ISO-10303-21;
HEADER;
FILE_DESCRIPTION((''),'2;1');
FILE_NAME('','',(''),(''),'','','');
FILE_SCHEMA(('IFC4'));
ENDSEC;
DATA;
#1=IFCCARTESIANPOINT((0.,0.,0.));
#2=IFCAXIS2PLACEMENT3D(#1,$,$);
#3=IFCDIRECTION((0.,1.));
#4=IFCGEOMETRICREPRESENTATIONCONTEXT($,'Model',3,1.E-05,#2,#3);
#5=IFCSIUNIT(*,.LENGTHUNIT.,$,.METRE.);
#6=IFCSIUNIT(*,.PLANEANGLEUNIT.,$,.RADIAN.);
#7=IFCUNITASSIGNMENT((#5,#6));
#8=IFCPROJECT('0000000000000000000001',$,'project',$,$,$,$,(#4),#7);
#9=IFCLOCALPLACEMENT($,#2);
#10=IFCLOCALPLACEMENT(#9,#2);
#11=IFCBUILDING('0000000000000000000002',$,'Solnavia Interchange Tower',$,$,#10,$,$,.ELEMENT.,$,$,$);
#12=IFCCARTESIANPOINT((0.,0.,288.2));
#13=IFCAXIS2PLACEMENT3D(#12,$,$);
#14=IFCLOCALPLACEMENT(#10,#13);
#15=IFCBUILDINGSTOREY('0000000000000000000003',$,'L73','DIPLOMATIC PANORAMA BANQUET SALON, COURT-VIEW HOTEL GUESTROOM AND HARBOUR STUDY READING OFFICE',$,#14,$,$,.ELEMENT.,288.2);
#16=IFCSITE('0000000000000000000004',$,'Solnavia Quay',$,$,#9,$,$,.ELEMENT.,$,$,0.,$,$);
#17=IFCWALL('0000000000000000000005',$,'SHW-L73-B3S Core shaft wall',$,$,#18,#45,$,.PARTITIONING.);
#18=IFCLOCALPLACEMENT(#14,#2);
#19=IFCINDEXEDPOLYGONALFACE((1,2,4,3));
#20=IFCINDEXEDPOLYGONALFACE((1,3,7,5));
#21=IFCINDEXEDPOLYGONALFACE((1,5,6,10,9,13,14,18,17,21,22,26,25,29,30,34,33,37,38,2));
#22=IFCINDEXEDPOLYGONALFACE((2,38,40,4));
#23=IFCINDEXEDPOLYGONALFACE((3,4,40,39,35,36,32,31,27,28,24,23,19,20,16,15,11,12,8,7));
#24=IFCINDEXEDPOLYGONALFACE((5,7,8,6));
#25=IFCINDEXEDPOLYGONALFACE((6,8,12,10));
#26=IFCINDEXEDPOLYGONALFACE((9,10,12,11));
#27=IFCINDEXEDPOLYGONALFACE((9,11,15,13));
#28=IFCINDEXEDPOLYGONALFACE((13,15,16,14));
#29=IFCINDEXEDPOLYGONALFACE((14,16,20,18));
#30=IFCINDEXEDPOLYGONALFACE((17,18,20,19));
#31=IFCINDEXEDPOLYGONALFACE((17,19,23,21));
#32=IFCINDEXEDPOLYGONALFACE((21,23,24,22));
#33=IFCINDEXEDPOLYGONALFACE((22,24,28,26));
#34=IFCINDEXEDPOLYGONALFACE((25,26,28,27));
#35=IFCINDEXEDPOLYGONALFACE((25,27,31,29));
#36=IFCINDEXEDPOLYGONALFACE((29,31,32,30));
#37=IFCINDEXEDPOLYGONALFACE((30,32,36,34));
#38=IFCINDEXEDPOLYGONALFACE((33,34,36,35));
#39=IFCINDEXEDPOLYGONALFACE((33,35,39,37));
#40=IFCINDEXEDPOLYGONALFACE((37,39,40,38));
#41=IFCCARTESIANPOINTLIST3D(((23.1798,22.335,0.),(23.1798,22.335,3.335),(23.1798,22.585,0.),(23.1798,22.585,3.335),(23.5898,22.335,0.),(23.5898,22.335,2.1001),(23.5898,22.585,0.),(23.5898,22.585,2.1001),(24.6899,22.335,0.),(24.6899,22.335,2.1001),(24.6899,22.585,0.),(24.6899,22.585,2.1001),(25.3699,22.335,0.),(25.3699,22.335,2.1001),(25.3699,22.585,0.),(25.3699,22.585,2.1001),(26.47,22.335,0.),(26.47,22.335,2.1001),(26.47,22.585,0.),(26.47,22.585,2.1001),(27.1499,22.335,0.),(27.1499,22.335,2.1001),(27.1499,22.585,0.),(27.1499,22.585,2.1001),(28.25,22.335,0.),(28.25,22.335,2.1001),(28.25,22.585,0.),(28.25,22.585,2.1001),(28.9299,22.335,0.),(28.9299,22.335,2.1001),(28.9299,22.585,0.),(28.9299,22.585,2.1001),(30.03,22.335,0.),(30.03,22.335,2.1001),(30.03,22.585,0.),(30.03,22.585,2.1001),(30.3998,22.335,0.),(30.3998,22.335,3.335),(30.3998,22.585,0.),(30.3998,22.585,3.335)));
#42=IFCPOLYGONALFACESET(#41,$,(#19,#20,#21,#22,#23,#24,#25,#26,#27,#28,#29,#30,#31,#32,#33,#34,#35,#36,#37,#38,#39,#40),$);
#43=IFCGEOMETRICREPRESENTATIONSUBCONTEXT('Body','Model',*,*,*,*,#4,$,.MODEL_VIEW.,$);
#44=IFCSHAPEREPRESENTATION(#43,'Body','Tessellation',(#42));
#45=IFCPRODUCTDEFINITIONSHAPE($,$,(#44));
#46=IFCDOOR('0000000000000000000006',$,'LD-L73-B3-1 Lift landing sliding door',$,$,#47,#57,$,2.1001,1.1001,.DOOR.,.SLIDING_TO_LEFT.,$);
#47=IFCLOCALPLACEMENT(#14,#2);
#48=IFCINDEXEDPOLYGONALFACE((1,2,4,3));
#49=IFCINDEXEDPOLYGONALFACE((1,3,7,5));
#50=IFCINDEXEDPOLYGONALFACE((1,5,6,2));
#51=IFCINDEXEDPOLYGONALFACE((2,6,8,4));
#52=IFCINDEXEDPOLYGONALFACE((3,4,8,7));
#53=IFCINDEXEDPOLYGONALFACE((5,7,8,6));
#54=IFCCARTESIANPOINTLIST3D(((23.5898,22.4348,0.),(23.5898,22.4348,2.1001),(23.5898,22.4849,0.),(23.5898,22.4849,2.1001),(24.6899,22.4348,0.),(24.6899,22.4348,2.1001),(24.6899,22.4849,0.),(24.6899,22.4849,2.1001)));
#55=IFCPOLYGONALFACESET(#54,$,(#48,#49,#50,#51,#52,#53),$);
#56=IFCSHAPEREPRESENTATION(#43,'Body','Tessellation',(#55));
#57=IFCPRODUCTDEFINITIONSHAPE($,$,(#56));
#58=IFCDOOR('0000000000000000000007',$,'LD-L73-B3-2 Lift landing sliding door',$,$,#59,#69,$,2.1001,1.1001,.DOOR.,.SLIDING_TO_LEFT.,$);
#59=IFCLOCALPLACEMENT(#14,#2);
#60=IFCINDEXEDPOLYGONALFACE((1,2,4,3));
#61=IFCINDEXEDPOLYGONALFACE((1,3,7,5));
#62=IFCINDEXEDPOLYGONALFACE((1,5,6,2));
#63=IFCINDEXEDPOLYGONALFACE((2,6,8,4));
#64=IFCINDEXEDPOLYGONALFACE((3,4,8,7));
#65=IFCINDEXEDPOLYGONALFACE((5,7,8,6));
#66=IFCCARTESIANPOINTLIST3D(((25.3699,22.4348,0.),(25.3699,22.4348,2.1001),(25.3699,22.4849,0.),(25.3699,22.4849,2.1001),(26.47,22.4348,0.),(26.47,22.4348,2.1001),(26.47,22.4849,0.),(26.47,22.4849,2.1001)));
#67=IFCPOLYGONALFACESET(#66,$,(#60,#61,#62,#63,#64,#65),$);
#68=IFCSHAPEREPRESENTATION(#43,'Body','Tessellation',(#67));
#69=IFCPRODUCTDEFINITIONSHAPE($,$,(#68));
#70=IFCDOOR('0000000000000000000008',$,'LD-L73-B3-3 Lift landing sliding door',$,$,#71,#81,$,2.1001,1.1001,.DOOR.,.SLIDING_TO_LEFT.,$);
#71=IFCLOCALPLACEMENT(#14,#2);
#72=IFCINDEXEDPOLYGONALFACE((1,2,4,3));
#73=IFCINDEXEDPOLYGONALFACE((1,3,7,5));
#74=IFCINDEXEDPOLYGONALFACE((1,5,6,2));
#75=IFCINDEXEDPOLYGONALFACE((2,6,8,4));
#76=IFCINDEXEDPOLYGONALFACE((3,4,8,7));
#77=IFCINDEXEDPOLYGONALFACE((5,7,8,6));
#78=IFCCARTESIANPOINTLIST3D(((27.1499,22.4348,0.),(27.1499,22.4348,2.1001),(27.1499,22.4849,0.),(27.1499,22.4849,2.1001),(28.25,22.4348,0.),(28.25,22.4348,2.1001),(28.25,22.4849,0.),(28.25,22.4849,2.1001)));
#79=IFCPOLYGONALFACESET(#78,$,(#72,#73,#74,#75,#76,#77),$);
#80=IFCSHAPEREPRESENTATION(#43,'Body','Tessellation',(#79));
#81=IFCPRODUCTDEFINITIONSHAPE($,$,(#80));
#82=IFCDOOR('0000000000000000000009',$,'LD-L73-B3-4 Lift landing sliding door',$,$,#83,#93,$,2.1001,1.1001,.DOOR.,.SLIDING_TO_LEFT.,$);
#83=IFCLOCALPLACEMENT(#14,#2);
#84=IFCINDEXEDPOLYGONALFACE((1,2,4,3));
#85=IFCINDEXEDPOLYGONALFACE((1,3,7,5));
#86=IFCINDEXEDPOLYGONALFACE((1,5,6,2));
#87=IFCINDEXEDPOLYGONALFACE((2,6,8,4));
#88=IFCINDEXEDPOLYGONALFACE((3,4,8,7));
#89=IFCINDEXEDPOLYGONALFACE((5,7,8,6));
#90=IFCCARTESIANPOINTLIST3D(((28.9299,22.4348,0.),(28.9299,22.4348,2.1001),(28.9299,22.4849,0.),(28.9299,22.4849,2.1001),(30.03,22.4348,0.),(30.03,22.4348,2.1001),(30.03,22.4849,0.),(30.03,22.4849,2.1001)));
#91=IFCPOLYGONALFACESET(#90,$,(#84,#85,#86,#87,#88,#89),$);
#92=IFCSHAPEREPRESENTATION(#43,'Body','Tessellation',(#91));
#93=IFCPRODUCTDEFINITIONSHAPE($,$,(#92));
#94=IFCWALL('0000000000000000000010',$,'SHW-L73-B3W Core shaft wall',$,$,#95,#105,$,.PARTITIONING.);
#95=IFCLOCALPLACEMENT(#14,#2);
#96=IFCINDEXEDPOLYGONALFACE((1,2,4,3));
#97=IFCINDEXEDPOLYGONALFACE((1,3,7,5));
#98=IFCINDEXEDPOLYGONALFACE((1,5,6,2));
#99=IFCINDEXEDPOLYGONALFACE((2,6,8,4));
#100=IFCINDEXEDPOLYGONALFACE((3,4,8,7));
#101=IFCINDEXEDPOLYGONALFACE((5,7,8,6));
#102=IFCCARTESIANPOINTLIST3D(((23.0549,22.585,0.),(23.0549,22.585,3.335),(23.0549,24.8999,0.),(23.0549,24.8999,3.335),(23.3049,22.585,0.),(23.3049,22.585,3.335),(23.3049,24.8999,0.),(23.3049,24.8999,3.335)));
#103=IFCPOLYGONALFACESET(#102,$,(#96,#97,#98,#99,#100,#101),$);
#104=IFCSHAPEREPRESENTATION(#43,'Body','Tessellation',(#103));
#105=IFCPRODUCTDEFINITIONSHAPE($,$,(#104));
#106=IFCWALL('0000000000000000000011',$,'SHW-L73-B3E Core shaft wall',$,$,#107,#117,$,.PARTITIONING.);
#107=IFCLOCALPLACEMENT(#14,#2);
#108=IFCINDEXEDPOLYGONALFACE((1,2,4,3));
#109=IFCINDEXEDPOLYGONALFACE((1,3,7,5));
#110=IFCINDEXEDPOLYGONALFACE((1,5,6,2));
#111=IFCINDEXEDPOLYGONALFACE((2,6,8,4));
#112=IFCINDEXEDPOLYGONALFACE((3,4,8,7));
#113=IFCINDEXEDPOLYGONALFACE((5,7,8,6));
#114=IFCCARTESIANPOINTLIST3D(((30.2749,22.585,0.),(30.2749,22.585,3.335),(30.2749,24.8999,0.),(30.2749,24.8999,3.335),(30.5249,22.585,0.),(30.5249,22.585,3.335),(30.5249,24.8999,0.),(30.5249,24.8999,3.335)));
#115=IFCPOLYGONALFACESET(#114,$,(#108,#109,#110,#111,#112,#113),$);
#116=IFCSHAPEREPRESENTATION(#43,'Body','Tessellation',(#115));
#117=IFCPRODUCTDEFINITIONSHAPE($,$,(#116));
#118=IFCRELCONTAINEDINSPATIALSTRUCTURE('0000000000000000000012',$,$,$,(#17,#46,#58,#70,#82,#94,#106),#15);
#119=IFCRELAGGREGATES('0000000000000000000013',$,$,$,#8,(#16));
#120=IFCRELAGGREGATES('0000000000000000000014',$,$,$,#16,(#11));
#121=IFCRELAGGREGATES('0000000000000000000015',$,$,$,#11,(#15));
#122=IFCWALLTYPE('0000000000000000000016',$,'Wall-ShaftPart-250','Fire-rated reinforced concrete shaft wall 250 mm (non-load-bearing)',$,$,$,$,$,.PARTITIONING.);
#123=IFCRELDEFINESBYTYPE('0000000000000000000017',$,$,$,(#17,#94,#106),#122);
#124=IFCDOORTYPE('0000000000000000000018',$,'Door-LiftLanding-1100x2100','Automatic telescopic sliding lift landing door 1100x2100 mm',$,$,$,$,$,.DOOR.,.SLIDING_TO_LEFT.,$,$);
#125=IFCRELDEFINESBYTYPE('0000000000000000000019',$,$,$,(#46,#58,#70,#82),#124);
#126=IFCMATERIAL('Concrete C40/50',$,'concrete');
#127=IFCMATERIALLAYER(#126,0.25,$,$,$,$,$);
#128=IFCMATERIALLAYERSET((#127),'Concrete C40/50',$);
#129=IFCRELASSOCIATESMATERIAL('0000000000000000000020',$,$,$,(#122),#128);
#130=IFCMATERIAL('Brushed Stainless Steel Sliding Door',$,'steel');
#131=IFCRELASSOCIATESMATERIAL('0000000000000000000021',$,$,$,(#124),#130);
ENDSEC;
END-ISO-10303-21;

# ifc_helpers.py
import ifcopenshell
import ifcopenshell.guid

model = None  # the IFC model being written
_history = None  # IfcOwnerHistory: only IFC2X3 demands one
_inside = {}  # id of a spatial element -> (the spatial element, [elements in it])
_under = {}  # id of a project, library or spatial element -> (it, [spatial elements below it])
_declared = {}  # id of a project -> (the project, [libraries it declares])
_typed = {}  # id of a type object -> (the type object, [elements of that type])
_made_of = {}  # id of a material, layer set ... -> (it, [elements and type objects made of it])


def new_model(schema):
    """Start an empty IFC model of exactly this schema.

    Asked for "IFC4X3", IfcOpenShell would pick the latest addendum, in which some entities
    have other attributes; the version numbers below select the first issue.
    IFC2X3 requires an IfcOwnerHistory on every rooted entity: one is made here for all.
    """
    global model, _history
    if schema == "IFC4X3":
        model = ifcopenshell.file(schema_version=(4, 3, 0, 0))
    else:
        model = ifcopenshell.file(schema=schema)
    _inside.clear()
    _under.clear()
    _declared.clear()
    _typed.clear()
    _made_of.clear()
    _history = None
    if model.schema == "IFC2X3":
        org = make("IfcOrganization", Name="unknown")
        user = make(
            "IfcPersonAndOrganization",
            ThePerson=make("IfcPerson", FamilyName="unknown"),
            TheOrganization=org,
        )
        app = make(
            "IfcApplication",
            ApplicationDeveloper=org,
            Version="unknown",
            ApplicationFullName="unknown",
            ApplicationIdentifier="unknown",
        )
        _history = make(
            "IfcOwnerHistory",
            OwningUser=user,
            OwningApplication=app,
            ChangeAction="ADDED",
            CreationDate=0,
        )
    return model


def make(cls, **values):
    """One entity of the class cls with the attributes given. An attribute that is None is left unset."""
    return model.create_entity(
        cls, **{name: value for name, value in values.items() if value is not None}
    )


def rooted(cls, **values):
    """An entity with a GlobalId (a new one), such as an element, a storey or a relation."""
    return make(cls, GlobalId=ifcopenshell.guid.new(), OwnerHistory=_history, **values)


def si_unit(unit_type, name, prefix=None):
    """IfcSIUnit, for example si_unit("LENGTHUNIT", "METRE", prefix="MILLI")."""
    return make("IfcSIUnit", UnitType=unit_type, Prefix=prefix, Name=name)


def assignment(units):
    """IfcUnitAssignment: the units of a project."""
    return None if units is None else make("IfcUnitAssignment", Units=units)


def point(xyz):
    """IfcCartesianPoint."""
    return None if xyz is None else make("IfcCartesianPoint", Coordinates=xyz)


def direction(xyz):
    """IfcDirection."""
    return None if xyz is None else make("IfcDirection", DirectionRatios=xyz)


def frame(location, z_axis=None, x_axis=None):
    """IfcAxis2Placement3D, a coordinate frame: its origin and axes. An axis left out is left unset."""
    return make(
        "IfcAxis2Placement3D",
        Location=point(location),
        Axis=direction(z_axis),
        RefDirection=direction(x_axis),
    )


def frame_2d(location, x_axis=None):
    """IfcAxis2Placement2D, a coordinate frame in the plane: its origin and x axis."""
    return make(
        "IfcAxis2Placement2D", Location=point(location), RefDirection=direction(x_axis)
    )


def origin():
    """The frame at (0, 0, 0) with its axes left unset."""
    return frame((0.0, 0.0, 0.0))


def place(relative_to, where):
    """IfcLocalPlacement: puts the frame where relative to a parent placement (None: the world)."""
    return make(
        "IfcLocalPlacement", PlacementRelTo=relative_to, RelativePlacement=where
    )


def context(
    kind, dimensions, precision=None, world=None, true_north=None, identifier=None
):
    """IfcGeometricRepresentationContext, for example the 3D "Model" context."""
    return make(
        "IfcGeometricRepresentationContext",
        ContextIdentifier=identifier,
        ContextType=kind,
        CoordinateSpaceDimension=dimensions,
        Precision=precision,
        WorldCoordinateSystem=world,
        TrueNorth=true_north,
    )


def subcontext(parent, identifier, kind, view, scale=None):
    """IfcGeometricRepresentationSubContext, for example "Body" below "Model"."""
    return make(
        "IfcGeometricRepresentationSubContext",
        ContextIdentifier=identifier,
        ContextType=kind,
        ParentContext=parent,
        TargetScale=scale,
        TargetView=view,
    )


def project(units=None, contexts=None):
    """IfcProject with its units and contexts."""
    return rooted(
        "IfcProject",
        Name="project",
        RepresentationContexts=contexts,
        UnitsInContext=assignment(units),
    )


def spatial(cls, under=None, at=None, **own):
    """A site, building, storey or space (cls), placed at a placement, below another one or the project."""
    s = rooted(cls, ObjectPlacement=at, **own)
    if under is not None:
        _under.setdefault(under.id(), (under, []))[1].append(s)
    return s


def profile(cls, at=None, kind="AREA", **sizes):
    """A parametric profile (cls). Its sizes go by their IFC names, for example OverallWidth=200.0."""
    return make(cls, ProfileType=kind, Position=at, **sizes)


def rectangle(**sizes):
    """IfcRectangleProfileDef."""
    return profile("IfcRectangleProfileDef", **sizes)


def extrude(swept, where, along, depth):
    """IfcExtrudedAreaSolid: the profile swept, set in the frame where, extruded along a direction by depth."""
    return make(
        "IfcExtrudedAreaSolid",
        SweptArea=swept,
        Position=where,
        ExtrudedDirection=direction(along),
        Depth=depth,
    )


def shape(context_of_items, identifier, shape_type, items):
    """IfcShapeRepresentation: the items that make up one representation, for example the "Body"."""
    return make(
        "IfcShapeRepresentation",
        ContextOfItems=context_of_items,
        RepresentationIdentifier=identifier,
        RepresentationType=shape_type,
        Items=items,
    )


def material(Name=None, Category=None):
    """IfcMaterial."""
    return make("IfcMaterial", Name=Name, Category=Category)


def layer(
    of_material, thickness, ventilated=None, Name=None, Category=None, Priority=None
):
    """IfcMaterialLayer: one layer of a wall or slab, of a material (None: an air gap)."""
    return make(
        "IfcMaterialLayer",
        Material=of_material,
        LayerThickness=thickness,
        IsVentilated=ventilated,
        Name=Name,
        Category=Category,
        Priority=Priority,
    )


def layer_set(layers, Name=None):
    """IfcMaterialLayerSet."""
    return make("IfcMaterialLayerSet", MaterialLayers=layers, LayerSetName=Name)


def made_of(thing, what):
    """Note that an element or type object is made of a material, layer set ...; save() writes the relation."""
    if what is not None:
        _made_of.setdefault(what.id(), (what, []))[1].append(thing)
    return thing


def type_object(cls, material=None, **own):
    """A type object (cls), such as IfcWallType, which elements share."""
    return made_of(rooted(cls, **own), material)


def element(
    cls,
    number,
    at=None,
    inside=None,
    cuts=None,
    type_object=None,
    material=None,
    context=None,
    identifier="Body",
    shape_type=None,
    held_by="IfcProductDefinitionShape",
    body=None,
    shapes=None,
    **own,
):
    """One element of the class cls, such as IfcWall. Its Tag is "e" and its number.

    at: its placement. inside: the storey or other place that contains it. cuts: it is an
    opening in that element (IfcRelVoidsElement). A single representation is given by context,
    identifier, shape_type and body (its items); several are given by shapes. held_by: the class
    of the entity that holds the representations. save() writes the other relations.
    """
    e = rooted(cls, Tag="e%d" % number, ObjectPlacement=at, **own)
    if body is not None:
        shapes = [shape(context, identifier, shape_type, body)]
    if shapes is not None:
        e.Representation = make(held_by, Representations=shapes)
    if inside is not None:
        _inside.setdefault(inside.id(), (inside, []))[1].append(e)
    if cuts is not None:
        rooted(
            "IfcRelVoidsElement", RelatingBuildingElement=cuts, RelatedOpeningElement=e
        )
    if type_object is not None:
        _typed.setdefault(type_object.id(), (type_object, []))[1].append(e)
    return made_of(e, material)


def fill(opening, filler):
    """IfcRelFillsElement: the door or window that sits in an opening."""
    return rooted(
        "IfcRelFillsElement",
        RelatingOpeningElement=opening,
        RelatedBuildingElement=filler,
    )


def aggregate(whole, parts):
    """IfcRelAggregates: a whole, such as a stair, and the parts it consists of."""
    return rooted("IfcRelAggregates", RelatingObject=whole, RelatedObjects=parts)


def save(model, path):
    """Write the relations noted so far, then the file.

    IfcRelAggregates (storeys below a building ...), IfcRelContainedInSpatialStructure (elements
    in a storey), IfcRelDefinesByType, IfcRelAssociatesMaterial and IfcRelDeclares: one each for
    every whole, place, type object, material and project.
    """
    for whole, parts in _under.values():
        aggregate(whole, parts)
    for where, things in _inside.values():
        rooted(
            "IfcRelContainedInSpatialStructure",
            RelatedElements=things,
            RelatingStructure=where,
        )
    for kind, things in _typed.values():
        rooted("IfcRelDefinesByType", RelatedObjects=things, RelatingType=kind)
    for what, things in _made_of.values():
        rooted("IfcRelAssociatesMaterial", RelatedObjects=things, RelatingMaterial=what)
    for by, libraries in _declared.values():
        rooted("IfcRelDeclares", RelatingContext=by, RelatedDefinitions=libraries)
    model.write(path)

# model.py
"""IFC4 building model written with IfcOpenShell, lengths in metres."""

from ifc_helpers import new_model, si_unit, direction, frame, frame_2d, origin, place, context, subcontext, project, spatial, rectangle, extrude, material, layer, layer_set, type_object, element, fill, save


model = new_model("IFC4")

# Units and contexts
model_context = context("Model", 3, precision=1e-05, world=origin(), true_north=direction((0.0, 1.0)))
body_context = subcontext(model_context, "Body", "Model", "MODEL_VIEW")
ifc_project = project(units=[si_unit("LENGTHUNIT", "METRE"), si_unit("PLANEANGLEUNIT", "RADIAN")], contexts=[model_context])

# Site, building, storey
site_placement = place(None, origin())
site = spatial("IfcSite", under=ifc_project, at=site_placement, Name="Solnavia Quay", CompositionType="ELEMENT", RefElevation=0.0)
building_placement = place(site_placement, origin())
building = spatial("IfcBuilding", under=site, at=building_placement, Name="Solnavia Interchange Tower", CompositionType="ELEMENT")
storey_placement = place(building_placement, frame((0.0, 0.0, 288.2)))
storey = spatial("IfcBuildingStorey", under=building, at=storey_placement, Name="L73", Description="DIPLOMATIC PANORAMA BANQUET SALON, COURT-VIEW HOTEL GUESTROOM AND HARBOUR STUDY READING OFFICE", CompositionType="ELEMENT", Elevation=288.2)

# Shared definitions
ifc_material_1 = material(Name="Concrete C40/50", Category="concrete")

# Wall, openings, doors
ifc_layer_1 = layer(ifc_material_1, 0.25)
ifc_layer_set_1 = layer_set([ifc_layer_1], Name="Concrete C40/50")
wall_type_1 = type_object("IfcWallType", Name="Wall-ShaftPart-250", Description="Fire-rated reinforced concrete shaft wall 250 mm (non-load-bearing)", PredefinedType="PARTITIONING", material=ifc_layer_set_1)
wall_1_placement = place(storey_placement, frame((23.1799, 22.46, 0.0), z_axis=(0.0, 0.0, 1.0), x_axis=(1.0, 0.0, 0.0)))
wall_1 = element("IfcWall", 1, at=wall_1_placement, inside=storey, type_object=wall_type_1, Name="SHW-L73-B3S Core shaft wall", PredefinedType="PARTITIONING", context=body_context, shape_type="SweptSolid", body=[
    extrude(rectangle(XDim=7.22, YDim=0.25, at=frame_2d((3.6099, 0.0))), origin(), (0.0, 0.0, 1.0), 3.335),
])
opening_1_placement = place(wall_1_placement, frame((0.4099, 0.0, 0.0)))
opening_1 = element("IfcOpeningElement", 2, at=opening_1_placement, cuts=wall_1, PredefinedType="OPENING", context=body_context, shape_type="SweptSolid", body=[
    extrude(rectangle(XDim=1.1001, YDim=2.1001, at=frame_2d((0.55, 1.05))), frame((0.0, 0.135, 0.0), z_axis=(0.0, -1.0, 0.0), x_axis=(1.0, 0.0, 0.0)), (0.0, 0.0, 1.0), 0.27),
])
opening_2_placement = place(wall_1_placement, frame((2.1899, 0.0, 0.0)))
opening_2 = element("IfcOpeningElement", 3, at=opening_2_placement, cuts=wall_1, PredefinedType="OPENING", context=body_context, shape_type="SweptSolid", body=[
    extrude(rectangle(XDim=1.1001, YDim=2.1001, at=frame_2d((0.55, 1.05))), frame((0.0, 0.135, 0.0), z_axis=(0.0, -1.0, 0.0), x_axis=(1.0, 0.0, 0.0)), (0.0, 0.0, 1.0), 0.27),
])
opening_3_placement = place(wall_1_placement, frame((3.97, 0.0, 0.0)))
opening_3 = element("IfcOpeningElement", 4, at=opening_3_placement, cuts=wall_1, PredefinedType="OPENING", context=body_context, shape_type="SweptSolid", body=[
    extrude(rectangle(XDim=1.1001, YDim=2.1001, at=frame_2d((0.55, 1.05))), frame((0.0, 0.135, 0.0), z_axis=(0.0, -1.0, 0.0), x_axis=(1.0, 0.0, 0.0)), (0.0, 0.0, 1.0), 0.27),
])
opening_4_placement = place(wall_1_placement, frame((5.75, 0.0, 0.0)))
opening_4 = element("IfcOpeningElement", 5, at=opening_4_placement, cuts=wall_1, PredefinedType="OPENING", context=body_context, shape_type="SweptSolid", body=[
    extrude(rectangle(XDim=1.1001, YDim=2.1001, at=frame_2d((0.55, 1.05))), frame((0.0, 0.135, 0.0), z_axis=(0.0, -1.0, 0.0), x_axis=(1.0, 0.0, 0.0)), (0.0, 0.0, 1.0), 0.27),
])
ifc_material_2 = material(Name="Brushed Stainless Steel Sliding Door", Category="steel")
door_type = type_object("IfcDoorType", Name="Door-LiftLanding-1100x2100", Description="Automatic telescopic sliding lift landing door 1100x2100 mm", OperationType="SLIDING_TO_LEFT", PredefinedType="DOOR", material=ifc_material_2)
door_1_placement = place(opening_1_placement, origin())
door_1 = element("IfcDoor", 6, at=door_1_placement, inside=storey, type_object=door_type, Name="LD-L73-B3-1 Lift landing sliding door", OperationType="SLIDING_TO_LEFT", OverallHeight=2.1001, OverallWidth=1.1001, PredefinedType="DOOR", context=body_context, shape_type="SweptSolid", body=[
    extrude(rectangle(XDim=1.1001, YDim=2.1001, at=frame_2d((0.55, 1.05))), frame((0.0, 0.0249, 0.0), z_axis=(0.0, -1.0, 0.0), x_axis=(1.0, 0.0, 0.0)), (0.0, 0.0, 1.0), 0.05),
])
fill(opening_1, door_1)
door_2_placement = place(opening_2_placement, origin())
door_2 = element("IfcDoor", 7, at=door_2_placement, inside=storey, type_object=door_type, Name="LD-L73-B3-2 Lift landing sliding door", OperationType="SLIDING_TO_LEFT", OverallHeight=2.1001, OverallWidth=1.1001, PredefinedType="DOOR", context=body_context, shape_type="SweptSolid", body=[
    extrude(rectangle(XDim=1.1001, YDim=2.1001, at=frame_2d((0.55, 1.05))), frame((0.0, 0.0249, 0.0), z_axis=(0.0, -1.0, 0.0), x_axis=(1.0, 0.0, 0.0)), (0.0, 0.0, 1.0), 0.05),
])
fill(opening_2, door_2)
door_3_placement = place(opening_3_placement, origin())
door_3 = element("IfcDoor", 8, at=door_3_placement, inside=storey, type_object=door_type, Name="LD-L73-B3-3 Lift landing sliding door", OperationType="SLIDING_TO_LEFT", OverallHeight=2.1001, OverallWidth=1.1001, PredefinedType="DOOR", context=body_context, shape_type="SweptSolid", body=[
    extrude(rectangle(XDim=1.1001, YDim=2.1001, at=frame_2d((0.55, 1.05))), frame((0.0, 0.0249, 0.0), z_axis=(0.0, -1.0, 0.0), x_axis=(1.0, 0.0, 0.0)), (0.0, 0.0, 1.0), 0.05),
])
fill(opening_3, door_3)
door_4_placement = place(opening_4_placement, origin())
door_4 = element("IfcDoor", 9, at=door_4_placement, inside=storey, type_object=door_type, Name="LD-L73-B3-4 Lift landing sliding door", OperationType="SLIDING_TO_LEFT", OverallHeight=2.1001, OverallWidth=1.1001, PredefinedType="DOOR", context=body_context, shape_type="SweptSolid", body=[
    extrude(rectangle(XDim=1.1001, YDim=2.1001, at=frame_2d((0.55, 1.05))), frame((0.0, 0.0249, 0.0), z_axis=(0.0, -1.0, 0.0), x_axis=(1.0, 0.0, 0.0)), (0.0, 0.0, 1.0), 0.05),
])
fill(opening_4, door_4)

# Walls
for number, where, z_axis, x_axis, name in (
    (10, (23.1799, 22.585, 0.0), (0.0, 0.0, 1.0), (0.0, 1.0, 0.0), "SHW-L73-B3W Core shaft wall"),
    (11, (30.3999, 22.585, 0.0), (0.0, 0.0, 1.0), (0.0, 1.0, 0.0), "SHW-L73-B3E Core shaft wall"),
):
    element("IfcWall", number, at=place(storey_placement, frame(where, z_axis=z_axis, x_axis=x_axis)), inside=storey, type_object=wall_type_1, Name=name, PredefinedType="PARTITIONING", context=body_context, shape_type="SweptSolid", body=[
        extrude(rectangle(XDim=2.3149, YDim=0.25, at=frame_2d((1.1575, 0.0))), origin(), (0.0, 0.0, 1.0), 3.335),
    ])

save(model, "model.ifc")
